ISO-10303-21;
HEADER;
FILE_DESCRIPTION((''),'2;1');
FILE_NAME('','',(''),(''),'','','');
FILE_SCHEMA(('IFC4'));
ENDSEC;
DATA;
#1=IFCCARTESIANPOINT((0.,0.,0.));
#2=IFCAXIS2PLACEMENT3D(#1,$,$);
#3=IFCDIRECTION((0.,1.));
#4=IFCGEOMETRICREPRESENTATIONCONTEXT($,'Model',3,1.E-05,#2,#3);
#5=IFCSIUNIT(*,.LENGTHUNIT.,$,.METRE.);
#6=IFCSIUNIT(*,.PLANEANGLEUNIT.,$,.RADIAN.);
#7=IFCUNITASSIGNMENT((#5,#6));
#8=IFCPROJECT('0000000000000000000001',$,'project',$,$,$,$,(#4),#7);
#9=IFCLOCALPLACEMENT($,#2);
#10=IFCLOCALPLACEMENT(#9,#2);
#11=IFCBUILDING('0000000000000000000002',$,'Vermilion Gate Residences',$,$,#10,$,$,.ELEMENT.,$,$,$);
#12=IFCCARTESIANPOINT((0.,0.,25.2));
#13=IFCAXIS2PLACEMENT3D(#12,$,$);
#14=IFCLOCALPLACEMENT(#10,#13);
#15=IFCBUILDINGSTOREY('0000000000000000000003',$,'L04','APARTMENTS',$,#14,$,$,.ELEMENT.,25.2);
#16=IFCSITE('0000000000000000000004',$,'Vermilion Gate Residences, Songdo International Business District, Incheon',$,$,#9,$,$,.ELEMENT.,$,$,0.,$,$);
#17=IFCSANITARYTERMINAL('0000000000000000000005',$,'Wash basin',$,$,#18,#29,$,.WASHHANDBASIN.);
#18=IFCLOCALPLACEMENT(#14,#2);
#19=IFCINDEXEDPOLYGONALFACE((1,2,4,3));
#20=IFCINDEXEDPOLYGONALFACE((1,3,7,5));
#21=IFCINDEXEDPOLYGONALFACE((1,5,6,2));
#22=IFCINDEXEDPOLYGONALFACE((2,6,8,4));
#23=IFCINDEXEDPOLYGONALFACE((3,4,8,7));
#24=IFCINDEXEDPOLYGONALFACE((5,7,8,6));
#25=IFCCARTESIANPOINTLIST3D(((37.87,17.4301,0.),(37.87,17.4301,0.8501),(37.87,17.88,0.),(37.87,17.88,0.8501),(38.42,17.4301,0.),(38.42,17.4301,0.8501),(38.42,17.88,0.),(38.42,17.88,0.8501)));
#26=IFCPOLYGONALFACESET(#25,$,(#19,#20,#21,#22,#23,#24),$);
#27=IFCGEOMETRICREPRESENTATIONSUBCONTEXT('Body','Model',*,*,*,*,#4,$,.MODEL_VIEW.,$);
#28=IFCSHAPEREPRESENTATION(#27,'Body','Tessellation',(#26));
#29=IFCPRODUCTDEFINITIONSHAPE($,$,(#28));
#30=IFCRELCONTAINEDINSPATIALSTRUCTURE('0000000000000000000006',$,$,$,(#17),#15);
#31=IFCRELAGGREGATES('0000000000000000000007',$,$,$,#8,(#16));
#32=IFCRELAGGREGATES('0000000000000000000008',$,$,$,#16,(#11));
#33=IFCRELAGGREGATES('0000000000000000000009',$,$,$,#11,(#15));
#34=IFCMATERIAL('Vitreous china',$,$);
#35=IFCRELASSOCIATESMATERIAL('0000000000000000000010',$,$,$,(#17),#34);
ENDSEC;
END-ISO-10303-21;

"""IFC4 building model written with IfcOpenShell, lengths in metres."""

from ifc_helpers import new_model, si_unit, direction, frame, origin, origin_2d, place, context, subcontext, project, spatial, rectangle, extrude, material, element, save


model = new_model("IFC4")

# Units and contexts
model_context = context("Model", 3, precision=1e-05, world=origin(), true_north=direction((0.0, 1.0)))
body_context = subcontext(model_context, "Body", "Model", "MODEL_VIEW")
ifc_project = project(units=[si_unit("LENGTHUNIT", "METRE"), si_unit("PLANEANGLEUNIT", "RADIAN")], contexts=[model_context])

# Site, building, storey
site_placement = place(None, origin())
site = spatial("IfcSite", under=ifc_project, at=site_placement, Name="Vermilion Gate Residences, Songdo International Business District, Incheon", CompositionType="ELEMENT", RefElevation=0.0)
building_placement = place(site_placement, origin())
building = spatial("IfcBuilding", under=site, at=building_placement, Name="Vermilion Gate Residences", CompositionType="ELEMENT")
storey_placement = place(building_placement, frame((0.0, 0.0, 25.2)))
storey = spatial("IfcBuildingStorey", under=building, at=storey_placement, Name="L04", Description="APARTMENTS", CompositionType="ELEMENT", Elevation=25.2)

# Sanitary terminal
ifc_material_1 = material(Name="Vitreous china")
sanitary_terminal_placement = place(storey_placement, frame((38.145, 17.655, 0.0), z_axis=(0.0, 0.0, 1.0), x_axis=(1.0, 0.0, 0.0)))
element("IfcSanitaryTerminal", 1, at=sanitary_terminal_placement, inside=storey, material=ifc_material_1, Name="Wash basin", PredefinedType="WASHHANDBASIN", context=body_context, shape_type="SweptSolid", body=[
    extrude(rectangle(XDim=0.55, YDim=0.45, at=origin_2d()), origin(), (0.0, 0.0, 1.0), 0.8501),
])

save(model, "model.ifc")
